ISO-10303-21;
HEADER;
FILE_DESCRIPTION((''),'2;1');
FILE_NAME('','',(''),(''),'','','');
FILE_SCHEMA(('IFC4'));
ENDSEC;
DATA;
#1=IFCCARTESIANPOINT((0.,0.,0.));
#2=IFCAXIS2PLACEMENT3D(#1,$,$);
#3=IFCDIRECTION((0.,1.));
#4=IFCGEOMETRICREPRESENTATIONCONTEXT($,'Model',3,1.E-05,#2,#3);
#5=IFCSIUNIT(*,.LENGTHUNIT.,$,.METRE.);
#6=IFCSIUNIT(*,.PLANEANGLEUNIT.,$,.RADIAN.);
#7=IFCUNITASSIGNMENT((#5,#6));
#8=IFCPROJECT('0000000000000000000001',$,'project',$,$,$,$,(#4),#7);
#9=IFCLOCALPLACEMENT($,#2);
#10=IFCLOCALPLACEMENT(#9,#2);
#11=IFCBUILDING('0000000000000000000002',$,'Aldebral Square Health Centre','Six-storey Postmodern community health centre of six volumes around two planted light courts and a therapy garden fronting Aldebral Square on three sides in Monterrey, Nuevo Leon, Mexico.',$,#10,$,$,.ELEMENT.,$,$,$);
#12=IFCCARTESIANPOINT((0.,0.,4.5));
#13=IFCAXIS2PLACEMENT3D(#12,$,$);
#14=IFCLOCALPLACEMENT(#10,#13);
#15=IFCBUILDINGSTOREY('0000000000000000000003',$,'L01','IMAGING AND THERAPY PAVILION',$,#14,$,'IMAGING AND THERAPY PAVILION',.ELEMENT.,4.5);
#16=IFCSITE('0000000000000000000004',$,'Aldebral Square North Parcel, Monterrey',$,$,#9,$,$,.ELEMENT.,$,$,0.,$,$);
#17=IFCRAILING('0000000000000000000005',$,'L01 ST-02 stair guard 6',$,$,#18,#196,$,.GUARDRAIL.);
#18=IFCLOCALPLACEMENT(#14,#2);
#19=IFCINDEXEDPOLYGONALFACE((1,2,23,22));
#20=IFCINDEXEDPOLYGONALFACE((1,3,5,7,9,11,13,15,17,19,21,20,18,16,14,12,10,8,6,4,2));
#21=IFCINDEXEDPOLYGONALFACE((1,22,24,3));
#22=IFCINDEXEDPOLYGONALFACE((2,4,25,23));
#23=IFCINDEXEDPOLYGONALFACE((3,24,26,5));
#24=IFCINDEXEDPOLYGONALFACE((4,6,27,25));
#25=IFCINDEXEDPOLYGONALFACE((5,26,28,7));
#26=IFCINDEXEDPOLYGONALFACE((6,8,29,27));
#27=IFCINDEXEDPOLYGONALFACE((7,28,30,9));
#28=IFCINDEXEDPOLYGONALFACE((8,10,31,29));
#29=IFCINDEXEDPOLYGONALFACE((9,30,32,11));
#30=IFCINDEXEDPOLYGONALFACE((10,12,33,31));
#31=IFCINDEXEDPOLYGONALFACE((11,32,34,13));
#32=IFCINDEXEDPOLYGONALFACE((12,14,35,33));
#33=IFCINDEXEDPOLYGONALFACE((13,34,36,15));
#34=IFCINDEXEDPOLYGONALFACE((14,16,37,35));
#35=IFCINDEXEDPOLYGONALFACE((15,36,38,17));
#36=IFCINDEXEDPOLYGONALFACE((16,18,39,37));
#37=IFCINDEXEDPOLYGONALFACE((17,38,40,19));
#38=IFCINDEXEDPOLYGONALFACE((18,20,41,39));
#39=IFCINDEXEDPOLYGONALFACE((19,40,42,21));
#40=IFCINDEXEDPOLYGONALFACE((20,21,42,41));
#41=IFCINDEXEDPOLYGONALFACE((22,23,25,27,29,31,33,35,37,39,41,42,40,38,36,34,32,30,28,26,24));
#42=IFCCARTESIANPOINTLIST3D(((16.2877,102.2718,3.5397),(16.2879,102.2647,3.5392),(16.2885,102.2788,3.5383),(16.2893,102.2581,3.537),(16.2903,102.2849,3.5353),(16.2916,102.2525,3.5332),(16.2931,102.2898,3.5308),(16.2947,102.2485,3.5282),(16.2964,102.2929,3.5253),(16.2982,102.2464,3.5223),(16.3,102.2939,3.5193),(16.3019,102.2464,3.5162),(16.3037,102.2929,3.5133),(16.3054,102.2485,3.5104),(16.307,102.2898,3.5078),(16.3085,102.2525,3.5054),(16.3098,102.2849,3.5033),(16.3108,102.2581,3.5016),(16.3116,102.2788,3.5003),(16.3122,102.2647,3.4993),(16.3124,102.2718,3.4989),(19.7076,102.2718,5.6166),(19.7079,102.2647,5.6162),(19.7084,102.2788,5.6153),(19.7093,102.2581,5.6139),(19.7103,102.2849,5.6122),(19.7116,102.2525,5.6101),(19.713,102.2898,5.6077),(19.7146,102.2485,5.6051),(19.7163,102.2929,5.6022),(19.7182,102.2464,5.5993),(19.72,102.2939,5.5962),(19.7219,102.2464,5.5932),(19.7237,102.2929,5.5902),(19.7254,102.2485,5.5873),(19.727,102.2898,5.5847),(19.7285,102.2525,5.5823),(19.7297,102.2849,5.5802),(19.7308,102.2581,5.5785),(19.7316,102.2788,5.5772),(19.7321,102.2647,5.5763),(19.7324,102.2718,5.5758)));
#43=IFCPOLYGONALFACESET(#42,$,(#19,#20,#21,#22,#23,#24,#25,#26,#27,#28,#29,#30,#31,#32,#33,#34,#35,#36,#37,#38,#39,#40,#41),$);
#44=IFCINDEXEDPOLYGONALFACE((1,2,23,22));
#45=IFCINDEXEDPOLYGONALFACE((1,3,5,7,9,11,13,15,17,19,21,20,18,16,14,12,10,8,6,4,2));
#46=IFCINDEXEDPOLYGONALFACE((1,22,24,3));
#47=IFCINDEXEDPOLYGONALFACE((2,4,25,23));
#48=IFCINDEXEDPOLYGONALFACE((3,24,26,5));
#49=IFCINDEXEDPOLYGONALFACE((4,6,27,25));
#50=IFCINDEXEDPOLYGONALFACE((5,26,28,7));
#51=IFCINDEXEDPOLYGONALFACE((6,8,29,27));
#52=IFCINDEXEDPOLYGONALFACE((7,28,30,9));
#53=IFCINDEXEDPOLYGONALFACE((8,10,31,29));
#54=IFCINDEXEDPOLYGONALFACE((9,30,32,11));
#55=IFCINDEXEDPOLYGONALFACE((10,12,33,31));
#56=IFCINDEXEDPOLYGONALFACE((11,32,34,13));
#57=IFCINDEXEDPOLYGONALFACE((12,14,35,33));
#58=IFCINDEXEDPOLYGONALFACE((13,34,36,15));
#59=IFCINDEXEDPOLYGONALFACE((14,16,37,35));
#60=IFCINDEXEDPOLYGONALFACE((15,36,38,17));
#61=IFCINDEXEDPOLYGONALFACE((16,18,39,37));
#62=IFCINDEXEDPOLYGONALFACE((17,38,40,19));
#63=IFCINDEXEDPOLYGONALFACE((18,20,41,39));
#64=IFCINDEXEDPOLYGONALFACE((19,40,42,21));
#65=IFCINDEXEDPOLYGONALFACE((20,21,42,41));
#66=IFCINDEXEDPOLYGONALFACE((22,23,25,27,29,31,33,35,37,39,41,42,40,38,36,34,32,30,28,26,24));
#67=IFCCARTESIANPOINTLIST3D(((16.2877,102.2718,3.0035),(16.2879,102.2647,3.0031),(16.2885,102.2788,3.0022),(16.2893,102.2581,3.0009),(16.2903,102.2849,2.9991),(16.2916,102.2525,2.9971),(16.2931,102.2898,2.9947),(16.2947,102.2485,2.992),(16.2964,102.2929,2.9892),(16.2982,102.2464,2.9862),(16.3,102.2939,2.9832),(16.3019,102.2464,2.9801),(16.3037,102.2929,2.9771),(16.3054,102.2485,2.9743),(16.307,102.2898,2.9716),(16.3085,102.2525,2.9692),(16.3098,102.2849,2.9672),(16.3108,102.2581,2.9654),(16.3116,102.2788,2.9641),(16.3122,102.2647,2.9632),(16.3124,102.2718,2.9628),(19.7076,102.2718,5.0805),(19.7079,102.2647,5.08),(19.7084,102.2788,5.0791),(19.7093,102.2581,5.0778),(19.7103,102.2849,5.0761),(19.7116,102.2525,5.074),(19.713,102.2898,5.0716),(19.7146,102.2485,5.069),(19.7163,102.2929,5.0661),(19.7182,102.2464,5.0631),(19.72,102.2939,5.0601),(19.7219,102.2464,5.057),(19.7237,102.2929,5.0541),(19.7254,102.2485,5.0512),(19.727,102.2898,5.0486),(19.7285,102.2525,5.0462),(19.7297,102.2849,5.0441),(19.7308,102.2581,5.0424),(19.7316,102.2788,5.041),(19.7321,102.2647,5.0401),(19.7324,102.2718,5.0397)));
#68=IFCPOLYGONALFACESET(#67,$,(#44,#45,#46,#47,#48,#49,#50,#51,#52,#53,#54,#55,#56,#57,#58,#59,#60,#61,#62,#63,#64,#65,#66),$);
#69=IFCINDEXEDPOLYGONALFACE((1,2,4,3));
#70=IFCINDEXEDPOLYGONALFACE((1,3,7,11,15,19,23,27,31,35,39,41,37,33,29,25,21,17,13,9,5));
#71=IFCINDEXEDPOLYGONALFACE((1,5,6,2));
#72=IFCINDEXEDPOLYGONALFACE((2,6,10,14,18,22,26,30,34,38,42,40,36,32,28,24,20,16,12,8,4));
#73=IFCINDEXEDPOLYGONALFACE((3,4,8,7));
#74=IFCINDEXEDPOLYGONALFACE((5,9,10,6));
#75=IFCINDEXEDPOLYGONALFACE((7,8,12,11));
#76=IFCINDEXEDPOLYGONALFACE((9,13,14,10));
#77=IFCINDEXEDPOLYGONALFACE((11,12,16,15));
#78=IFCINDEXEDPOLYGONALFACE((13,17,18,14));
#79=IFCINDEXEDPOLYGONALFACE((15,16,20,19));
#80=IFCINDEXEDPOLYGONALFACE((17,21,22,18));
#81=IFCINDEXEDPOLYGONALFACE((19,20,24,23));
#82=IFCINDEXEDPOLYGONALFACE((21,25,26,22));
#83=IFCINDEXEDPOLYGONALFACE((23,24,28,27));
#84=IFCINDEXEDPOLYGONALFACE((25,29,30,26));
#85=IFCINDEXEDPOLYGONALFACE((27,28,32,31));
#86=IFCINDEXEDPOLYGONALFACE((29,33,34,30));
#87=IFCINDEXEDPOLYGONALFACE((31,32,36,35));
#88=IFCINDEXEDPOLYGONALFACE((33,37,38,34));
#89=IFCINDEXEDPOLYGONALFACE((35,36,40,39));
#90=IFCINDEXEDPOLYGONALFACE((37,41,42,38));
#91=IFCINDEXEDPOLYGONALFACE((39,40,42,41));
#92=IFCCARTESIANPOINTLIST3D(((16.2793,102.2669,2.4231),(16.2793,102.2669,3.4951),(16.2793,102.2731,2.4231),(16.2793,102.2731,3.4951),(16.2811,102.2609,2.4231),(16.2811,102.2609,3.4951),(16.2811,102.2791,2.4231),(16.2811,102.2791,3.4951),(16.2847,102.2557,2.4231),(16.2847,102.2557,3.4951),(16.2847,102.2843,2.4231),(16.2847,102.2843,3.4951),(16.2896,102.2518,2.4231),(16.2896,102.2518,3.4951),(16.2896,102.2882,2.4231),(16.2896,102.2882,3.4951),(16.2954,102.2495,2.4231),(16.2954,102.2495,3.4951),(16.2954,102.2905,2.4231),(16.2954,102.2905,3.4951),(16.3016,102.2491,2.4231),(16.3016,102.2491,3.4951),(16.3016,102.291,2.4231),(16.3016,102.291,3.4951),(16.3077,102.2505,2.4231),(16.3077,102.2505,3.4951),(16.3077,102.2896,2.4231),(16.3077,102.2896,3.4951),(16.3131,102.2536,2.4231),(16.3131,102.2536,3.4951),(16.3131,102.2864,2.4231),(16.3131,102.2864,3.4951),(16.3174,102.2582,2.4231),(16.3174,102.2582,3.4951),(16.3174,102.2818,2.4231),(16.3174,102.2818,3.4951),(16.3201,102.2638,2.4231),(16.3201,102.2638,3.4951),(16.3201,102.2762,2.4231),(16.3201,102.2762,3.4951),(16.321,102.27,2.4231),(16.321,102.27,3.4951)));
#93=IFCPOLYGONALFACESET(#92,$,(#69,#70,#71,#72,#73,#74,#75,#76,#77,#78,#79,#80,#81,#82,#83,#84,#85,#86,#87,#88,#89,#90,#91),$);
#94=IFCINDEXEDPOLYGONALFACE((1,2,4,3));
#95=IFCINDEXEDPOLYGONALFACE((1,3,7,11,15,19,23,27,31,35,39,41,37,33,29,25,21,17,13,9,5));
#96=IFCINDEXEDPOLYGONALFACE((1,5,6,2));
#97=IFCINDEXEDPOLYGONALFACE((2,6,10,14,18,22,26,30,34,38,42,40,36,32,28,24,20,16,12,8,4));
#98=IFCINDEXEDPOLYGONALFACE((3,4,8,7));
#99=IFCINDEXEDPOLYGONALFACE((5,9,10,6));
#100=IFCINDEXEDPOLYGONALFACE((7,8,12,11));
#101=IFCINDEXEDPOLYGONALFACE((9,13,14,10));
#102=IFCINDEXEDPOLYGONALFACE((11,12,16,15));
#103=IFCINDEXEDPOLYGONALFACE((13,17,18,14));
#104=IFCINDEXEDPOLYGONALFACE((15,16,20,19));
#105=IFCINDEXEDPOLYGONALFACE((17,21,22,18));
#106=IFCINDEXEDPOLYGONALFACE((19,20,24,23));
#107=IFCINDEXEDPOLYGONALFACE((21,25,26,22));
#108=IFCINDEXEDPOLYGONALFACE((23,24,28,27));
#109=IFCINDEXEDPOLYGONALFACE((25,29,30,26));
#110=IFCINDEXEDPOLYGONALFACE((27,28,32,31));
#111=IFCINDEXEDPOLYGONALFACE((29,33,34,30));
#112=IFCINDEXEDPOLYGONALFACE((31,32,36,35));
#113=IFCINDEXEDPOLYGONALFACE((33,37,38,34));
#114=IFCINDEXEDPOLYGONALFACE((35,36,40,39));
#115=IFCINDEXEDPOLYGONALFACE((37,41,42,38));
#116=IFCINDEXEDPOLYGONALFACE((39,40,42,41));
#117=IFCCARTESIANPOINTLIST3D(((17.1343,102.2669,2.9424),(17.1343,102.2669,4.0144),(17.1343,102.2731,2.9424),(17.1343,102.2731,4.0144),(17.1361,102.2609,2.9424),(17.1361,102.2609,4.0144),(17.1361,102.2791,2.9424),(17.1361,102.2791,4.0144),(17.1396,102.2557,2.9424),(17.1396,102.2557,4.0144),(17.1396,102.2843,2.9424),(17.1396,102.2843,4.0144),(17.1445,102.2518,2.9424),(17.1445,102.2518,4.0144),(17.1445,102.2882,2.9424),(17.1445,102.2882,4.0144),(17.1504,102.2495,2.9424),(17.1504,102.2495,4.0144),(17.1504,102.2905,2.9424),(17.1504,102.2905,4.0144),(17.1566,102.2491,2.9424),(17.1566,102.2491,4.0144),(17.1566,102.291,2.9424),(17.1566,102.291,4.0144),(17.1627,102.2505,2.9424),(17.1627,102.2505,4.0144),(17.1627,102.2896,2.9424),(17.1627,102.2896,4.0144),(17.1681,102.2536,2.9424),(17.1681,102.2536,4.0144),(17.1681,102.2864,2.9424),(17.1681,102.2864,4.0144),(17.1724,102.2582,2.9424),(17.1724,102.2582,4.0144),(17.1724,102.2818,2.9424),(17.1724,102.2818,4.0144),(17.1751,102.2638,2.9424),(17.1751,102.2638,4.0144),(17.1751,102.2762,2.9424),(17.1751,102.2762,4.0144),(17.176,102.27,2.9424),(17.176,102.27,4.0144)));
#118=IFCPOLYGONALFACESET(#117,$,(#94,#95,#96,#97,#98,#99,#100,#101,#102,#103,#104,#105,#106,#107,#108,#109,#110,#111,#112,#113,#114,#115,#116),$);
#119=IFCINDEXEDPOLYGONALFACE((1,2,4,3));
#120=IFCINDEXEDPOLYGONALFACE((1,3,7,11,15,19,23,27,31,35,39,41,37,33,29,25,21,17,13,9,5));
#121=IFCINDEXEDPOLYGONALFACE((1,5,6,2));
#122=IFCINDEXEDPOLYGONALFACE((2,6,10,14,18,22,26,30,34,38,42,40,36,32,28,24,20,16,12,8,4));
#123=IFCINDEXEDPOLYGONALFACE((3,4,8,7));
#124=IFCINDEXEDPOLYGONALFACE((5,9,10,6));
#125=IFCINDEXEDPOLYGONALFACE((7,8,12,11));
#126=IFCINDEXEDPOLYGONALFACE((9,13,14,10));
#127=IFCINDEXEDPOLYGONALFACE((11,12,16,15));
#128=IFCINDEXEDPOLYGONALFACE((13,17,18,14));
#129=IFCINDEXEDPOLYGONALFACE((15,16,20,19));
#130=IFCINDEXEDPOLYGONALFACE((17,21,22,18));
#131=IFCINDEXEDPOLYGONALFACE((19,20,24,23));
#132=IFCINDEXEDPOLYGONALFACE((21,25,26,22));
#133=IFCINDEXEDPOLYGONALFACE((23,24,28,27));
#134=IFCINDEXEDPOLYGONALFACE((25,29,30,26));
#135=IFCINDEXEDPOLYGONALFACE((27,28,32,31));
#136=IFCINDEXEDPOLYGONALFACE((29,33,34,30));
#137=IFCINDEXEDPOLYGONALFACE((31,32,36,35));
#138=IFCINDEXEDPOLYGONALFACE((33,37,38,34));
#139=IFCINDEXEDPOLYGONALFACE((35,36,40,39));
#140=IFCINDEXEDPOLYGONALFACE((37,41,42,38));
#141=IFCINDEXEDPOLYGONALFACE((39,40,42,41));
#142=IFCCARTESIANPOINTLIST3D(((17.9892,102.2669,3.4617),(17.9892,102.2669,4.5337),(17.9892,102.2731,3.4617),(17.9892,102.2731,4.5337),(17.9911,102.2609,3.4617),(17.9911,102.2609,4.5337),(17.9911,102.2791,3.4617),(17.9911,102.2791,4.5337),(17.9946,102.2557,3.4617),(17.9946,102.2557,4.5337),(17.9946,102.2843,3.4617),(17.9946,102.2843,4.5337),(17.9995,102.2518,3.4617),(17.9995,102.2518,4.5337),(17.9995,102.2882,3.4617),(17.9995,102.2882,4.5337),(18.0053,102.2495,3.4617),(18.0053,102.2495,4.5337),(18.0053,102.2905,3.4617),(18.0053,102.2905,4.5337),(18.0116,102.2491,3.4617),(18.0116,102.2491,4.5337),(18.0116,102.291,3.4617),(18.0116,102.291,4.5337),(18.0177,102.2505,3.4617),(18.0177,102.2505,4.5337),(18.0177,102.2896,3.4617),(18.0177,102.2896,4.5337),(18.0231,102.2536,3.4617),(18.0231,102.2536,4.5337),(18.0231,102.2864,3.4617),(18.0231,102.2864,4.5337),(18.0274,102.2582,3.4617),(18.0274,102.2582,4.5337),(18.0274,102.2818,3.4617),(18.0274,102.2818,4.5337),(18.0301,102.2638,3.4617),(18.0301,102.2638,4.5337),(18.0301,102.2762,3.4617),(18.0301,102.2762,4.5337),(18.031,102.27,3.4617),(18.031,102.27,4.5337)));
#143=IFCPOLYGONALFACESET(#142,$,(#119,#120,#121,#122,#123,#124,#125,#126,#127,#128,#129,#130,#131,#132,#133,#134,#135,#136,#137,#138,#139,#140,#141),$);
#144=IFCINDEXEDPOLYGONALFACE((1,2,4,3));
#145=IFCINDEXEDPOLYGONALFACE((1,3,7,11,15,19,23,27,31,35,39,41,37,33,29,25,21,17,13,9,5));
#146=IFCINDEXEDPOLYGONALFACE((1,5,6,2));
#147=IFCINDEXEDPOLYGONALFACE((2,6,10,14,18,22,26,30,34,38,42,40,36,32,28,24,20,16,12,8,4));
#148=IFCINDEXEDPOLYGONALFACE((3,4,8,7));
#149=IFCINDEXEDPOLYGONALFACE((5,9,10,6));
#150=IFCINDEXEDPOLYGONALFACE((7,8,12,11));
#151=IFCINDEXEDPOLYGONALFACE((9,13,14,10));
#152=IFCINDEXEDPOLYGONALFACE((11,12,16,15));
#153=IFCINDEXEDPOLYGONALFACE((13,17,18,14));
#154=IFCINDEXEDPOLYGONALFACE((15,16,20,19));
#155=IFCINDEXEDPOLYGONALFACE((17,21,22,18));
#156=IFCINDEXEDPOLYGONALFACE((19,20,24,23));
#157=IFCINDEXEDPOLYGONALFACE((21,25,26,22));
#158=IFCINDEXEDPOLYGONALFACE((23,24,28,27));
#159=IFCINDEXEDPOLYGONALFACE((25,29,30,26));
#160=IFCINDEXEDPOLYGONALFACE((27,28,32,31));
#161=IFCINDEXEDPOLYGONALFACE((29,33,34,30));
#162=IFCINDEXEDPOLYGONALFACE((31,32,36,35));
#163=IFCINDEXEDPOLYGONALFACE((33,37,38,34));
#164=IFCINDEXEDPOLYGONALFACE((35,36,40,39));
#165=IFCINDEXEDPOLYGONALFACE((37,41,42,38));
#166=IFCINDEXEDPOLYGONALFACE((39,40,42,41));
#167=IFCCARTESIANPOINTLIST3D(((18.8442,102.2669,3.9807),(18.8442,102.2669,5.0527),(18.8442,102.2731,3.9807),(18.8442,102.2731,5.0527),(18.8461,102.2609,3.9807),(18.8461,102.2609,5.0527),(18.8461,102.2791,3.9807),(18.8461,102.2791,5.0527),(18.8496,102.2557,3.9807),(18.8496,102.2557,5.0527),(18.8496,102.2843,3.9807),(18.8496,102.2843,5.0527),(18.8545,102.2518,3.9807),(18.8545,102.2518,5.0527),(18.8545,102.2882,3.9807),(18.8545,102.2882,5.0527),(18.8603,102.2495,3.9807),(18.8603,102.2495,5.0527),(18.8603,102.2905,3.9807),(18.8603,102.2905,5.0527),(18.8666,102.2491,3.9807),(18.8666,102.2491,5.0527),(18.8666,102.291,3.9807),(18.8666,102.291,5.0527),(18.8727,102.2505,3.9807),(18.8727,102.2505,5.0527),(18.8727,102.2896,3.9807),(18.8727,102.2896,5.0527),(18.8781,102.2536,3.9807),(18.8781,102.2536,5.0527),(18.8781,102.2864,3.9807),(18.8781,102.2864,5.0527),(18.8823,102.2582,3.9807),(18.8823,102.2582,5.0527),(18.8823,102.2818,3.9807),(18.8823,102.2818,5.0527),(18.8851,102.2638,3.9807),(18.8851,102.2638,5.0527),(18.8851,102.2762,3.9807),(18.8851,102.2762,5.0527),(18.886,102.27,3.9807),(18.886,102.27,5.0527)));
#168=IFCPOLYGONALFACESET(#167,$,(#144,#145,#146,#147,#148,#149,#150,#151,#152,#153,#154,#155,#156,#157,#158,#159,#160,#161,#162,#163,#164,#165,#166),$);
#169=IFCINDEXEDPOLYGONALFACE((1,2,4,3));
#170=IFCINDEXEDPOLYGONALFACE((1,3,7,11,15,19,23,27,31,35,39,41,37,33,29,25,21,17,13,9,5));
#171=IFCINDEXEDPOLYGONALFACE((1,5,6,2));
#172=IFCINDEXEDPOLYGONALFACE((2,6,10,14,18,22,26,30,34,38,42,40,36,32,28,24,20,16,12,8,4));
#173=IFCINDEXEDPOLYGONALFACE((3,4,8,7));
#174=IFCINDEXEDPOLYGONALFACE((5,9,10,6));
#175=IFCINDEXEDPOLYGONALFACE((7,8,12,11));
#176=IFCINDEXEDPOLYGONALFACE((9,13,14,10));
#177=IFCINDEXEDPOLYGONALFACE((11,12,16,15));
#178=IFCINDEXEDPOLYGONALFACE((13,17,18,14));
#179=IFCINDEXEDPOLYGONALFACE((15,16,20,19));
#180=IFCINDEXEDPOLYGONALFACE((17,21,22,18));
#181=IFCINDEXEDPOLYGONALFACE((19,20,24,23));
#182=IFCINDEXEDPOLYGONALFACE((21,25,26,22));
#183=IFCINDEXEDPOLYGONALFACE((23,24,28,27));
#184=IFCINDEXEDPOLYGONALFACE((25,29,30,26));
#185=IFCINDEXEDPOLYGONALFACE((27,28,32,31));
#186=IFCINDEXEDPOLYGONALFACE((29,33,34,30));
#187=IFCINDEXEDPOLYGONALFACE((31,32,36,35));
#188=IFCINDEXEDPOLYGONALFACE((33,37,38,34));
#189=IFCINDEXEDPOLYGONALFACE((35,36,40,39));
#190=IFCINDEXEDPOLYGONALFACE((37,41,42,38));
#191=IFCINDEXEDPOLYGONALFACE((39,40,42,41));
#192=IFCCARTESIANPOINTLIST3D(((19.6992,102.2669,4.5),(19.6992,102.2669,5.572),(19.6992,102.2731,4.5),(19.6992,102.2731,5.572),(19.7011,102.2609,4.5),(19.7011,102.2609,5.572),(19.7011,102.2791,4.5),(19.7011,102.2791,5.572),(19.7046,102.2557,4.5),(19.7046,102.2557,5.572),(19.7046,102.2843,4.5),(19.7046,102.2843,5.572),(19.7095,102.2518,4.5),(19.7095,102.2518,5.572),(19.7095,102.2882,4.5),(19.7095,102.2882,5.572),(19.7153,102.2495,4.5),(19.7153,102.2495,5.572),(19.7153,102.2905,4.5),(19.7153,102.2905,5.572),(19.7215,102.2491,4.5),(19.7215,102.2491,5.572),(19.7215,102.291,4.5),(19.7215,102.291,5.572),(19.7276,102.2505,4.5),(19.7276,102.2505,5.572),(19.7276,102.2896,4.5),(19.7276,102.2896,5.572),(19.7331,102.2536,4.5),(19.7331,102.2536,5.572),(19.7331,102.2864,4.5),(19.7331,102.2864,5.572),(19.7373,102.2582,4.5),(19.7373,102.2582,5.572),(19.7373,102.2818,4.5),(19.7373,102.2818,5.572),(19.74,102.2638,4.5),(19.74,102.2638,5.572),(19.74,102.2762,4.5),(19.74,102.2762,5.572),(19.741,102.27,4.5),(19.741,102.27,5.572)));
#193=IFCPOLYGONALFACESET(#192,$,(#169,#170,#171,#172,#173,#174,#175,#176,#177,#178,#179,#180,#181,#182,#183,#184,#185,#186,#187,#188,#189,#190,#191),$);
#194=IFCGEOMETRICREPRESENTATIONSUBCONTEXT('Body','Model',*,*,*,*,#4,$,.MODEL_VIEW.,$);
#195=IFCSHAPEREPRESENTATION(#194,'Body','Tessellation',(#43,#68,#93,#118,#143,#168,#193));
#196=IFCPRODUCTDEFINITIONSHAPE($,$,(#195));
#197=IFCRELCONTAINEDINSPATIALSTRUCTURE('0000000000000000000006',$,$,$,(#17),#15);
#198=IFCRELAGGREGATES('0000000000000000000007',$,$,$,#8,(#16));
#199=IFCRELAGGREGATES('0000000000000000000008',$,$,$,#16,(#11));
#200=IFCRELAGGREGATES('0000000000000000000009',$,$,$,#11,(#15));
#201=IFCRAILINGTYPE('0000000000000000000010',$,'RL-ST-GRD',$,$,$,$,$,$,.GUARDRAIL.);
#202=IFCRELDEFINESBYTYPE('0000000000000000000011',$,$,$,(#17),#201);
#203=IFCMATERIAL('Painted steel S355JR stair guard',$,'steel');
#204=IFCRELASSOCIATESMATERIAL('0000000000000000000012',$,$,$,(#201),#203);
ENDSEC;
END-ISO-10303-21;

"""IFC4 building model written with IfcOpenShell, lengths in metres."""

from ifc_helpers import new_model, si_unit, direction, frame, origin, origin_2d, place, context, subcontext, project, spatial, circle, extrude, material, type_object, element, save


model = new_model("IFC4")

# Units and contexts
model_context = context("Model", 3, precision=1e-05, world=origin(), true_north=direction((0.0, 1.0)))
body_context = subcontext(model_context, "Body", "Model", "MODEL_VIEW")
ifc_project = project(units=[si_unit("LENGTHUNIT", "METRE"), si_unit("PLANEANGLEUNIT", "RADIAN")], contexts=[model_context])

# Site, building, storey
site_placement = place(None, origin())
site = spatial("IfcSite", under=ifc_project, at=site_placement, Name="Aldebral Square North Parcel, Monterrey", CompositionType="ELEMENT", RefElevation=0.0)
building_placement = place(site_placement, origin())
building = spatial("IfcBuilding", under=site, at=building_placement, Name="Aldebral Square Health Centre", Description="Six-storey Postmodern community health centre of six volumes around two planted light courts and a therapy garden fronting Aldebral Square on three sides in Monterrey, Nuevo Leon, Mexico.", CompositionType="ELEMENT")
storey_placement = place(building_placement, frame((0.0, 0.0, 4.5)))
storey = spatial("IfcBuildingStorey", under=building, at=storey_placement, Name="L01", Description="IMAGING AND THERAPY PAVILION", LongName="IMAGING AND THERAPY PAVILION", CompositionType="ELEMENT", Elevation=4.5)

# Railing
ifc_material_1 = material(Name="Painted steel S355JR stair guard", Category="steel")
railing_type_1 = type_object("IfcRailingType", Name="RL-ST-GRD", PredefinedType="GUARDRAIL", material=ifc_material_1)
railing_1_placement = place(storey_placement, frame((16.3, 102.27, 2.4231)))
element("IfcRailing", 1, at=railing_1_placement, inside=storey, type_object=railing_type_1, Name="L01 ST-02 stair guard 6", PredefinedType="GUARDRAIL", context=body_context, shape_type="SweptSolid", body=[
    extrude(circle(Radius=0.0239, at=origin_2d()), frame((0.0, 0.0, 1.0962), z_axis=(0.85473, 0.0, 0.519074), x_axis=(0.0, 1.0, 0.0)), (0.0, 0.0, 1.0), 4.0012),
    extrude(circle(Radius=0.0239, at=origin_2d()), frame((0.0, 0.0, 0.5601), z_axis=(0.85473, 0.0, 0.519074), x_axis=(0.0, 1.0, 0.0)), (0.0, 0.0, 1.0), 4.0012),
    extrude(circle(Radius=0.021, at=origin_2d()), origin(), (0.0, 0.0, 1.0), 1.072),
    extrude(circle(Radius=0.021, at=origin_2d()), frame((0.855, 0.0, 0.5193)), (0.0, 0.0, 1.0), 1.072),
    extrude(circle(Radius=0.021, at=origin_2d()), frame((1.71, 0.0, 1.0386)), (0.0, 0.0, 1.0), 1.072),
    extrude(circle(Radius=0.021, at=origin_2d()), frame((2.5649, 0.0, 1.5576)), (0.0, 0.0, 1.0), 1.072),
    extrude(circle(Radius=0.021, at=origin_2d()), frame((3.4199, 0.0, 2.0769)), (0.0, 0.0, 1.0), 1.072),
])

save(model, "model.ifc")
